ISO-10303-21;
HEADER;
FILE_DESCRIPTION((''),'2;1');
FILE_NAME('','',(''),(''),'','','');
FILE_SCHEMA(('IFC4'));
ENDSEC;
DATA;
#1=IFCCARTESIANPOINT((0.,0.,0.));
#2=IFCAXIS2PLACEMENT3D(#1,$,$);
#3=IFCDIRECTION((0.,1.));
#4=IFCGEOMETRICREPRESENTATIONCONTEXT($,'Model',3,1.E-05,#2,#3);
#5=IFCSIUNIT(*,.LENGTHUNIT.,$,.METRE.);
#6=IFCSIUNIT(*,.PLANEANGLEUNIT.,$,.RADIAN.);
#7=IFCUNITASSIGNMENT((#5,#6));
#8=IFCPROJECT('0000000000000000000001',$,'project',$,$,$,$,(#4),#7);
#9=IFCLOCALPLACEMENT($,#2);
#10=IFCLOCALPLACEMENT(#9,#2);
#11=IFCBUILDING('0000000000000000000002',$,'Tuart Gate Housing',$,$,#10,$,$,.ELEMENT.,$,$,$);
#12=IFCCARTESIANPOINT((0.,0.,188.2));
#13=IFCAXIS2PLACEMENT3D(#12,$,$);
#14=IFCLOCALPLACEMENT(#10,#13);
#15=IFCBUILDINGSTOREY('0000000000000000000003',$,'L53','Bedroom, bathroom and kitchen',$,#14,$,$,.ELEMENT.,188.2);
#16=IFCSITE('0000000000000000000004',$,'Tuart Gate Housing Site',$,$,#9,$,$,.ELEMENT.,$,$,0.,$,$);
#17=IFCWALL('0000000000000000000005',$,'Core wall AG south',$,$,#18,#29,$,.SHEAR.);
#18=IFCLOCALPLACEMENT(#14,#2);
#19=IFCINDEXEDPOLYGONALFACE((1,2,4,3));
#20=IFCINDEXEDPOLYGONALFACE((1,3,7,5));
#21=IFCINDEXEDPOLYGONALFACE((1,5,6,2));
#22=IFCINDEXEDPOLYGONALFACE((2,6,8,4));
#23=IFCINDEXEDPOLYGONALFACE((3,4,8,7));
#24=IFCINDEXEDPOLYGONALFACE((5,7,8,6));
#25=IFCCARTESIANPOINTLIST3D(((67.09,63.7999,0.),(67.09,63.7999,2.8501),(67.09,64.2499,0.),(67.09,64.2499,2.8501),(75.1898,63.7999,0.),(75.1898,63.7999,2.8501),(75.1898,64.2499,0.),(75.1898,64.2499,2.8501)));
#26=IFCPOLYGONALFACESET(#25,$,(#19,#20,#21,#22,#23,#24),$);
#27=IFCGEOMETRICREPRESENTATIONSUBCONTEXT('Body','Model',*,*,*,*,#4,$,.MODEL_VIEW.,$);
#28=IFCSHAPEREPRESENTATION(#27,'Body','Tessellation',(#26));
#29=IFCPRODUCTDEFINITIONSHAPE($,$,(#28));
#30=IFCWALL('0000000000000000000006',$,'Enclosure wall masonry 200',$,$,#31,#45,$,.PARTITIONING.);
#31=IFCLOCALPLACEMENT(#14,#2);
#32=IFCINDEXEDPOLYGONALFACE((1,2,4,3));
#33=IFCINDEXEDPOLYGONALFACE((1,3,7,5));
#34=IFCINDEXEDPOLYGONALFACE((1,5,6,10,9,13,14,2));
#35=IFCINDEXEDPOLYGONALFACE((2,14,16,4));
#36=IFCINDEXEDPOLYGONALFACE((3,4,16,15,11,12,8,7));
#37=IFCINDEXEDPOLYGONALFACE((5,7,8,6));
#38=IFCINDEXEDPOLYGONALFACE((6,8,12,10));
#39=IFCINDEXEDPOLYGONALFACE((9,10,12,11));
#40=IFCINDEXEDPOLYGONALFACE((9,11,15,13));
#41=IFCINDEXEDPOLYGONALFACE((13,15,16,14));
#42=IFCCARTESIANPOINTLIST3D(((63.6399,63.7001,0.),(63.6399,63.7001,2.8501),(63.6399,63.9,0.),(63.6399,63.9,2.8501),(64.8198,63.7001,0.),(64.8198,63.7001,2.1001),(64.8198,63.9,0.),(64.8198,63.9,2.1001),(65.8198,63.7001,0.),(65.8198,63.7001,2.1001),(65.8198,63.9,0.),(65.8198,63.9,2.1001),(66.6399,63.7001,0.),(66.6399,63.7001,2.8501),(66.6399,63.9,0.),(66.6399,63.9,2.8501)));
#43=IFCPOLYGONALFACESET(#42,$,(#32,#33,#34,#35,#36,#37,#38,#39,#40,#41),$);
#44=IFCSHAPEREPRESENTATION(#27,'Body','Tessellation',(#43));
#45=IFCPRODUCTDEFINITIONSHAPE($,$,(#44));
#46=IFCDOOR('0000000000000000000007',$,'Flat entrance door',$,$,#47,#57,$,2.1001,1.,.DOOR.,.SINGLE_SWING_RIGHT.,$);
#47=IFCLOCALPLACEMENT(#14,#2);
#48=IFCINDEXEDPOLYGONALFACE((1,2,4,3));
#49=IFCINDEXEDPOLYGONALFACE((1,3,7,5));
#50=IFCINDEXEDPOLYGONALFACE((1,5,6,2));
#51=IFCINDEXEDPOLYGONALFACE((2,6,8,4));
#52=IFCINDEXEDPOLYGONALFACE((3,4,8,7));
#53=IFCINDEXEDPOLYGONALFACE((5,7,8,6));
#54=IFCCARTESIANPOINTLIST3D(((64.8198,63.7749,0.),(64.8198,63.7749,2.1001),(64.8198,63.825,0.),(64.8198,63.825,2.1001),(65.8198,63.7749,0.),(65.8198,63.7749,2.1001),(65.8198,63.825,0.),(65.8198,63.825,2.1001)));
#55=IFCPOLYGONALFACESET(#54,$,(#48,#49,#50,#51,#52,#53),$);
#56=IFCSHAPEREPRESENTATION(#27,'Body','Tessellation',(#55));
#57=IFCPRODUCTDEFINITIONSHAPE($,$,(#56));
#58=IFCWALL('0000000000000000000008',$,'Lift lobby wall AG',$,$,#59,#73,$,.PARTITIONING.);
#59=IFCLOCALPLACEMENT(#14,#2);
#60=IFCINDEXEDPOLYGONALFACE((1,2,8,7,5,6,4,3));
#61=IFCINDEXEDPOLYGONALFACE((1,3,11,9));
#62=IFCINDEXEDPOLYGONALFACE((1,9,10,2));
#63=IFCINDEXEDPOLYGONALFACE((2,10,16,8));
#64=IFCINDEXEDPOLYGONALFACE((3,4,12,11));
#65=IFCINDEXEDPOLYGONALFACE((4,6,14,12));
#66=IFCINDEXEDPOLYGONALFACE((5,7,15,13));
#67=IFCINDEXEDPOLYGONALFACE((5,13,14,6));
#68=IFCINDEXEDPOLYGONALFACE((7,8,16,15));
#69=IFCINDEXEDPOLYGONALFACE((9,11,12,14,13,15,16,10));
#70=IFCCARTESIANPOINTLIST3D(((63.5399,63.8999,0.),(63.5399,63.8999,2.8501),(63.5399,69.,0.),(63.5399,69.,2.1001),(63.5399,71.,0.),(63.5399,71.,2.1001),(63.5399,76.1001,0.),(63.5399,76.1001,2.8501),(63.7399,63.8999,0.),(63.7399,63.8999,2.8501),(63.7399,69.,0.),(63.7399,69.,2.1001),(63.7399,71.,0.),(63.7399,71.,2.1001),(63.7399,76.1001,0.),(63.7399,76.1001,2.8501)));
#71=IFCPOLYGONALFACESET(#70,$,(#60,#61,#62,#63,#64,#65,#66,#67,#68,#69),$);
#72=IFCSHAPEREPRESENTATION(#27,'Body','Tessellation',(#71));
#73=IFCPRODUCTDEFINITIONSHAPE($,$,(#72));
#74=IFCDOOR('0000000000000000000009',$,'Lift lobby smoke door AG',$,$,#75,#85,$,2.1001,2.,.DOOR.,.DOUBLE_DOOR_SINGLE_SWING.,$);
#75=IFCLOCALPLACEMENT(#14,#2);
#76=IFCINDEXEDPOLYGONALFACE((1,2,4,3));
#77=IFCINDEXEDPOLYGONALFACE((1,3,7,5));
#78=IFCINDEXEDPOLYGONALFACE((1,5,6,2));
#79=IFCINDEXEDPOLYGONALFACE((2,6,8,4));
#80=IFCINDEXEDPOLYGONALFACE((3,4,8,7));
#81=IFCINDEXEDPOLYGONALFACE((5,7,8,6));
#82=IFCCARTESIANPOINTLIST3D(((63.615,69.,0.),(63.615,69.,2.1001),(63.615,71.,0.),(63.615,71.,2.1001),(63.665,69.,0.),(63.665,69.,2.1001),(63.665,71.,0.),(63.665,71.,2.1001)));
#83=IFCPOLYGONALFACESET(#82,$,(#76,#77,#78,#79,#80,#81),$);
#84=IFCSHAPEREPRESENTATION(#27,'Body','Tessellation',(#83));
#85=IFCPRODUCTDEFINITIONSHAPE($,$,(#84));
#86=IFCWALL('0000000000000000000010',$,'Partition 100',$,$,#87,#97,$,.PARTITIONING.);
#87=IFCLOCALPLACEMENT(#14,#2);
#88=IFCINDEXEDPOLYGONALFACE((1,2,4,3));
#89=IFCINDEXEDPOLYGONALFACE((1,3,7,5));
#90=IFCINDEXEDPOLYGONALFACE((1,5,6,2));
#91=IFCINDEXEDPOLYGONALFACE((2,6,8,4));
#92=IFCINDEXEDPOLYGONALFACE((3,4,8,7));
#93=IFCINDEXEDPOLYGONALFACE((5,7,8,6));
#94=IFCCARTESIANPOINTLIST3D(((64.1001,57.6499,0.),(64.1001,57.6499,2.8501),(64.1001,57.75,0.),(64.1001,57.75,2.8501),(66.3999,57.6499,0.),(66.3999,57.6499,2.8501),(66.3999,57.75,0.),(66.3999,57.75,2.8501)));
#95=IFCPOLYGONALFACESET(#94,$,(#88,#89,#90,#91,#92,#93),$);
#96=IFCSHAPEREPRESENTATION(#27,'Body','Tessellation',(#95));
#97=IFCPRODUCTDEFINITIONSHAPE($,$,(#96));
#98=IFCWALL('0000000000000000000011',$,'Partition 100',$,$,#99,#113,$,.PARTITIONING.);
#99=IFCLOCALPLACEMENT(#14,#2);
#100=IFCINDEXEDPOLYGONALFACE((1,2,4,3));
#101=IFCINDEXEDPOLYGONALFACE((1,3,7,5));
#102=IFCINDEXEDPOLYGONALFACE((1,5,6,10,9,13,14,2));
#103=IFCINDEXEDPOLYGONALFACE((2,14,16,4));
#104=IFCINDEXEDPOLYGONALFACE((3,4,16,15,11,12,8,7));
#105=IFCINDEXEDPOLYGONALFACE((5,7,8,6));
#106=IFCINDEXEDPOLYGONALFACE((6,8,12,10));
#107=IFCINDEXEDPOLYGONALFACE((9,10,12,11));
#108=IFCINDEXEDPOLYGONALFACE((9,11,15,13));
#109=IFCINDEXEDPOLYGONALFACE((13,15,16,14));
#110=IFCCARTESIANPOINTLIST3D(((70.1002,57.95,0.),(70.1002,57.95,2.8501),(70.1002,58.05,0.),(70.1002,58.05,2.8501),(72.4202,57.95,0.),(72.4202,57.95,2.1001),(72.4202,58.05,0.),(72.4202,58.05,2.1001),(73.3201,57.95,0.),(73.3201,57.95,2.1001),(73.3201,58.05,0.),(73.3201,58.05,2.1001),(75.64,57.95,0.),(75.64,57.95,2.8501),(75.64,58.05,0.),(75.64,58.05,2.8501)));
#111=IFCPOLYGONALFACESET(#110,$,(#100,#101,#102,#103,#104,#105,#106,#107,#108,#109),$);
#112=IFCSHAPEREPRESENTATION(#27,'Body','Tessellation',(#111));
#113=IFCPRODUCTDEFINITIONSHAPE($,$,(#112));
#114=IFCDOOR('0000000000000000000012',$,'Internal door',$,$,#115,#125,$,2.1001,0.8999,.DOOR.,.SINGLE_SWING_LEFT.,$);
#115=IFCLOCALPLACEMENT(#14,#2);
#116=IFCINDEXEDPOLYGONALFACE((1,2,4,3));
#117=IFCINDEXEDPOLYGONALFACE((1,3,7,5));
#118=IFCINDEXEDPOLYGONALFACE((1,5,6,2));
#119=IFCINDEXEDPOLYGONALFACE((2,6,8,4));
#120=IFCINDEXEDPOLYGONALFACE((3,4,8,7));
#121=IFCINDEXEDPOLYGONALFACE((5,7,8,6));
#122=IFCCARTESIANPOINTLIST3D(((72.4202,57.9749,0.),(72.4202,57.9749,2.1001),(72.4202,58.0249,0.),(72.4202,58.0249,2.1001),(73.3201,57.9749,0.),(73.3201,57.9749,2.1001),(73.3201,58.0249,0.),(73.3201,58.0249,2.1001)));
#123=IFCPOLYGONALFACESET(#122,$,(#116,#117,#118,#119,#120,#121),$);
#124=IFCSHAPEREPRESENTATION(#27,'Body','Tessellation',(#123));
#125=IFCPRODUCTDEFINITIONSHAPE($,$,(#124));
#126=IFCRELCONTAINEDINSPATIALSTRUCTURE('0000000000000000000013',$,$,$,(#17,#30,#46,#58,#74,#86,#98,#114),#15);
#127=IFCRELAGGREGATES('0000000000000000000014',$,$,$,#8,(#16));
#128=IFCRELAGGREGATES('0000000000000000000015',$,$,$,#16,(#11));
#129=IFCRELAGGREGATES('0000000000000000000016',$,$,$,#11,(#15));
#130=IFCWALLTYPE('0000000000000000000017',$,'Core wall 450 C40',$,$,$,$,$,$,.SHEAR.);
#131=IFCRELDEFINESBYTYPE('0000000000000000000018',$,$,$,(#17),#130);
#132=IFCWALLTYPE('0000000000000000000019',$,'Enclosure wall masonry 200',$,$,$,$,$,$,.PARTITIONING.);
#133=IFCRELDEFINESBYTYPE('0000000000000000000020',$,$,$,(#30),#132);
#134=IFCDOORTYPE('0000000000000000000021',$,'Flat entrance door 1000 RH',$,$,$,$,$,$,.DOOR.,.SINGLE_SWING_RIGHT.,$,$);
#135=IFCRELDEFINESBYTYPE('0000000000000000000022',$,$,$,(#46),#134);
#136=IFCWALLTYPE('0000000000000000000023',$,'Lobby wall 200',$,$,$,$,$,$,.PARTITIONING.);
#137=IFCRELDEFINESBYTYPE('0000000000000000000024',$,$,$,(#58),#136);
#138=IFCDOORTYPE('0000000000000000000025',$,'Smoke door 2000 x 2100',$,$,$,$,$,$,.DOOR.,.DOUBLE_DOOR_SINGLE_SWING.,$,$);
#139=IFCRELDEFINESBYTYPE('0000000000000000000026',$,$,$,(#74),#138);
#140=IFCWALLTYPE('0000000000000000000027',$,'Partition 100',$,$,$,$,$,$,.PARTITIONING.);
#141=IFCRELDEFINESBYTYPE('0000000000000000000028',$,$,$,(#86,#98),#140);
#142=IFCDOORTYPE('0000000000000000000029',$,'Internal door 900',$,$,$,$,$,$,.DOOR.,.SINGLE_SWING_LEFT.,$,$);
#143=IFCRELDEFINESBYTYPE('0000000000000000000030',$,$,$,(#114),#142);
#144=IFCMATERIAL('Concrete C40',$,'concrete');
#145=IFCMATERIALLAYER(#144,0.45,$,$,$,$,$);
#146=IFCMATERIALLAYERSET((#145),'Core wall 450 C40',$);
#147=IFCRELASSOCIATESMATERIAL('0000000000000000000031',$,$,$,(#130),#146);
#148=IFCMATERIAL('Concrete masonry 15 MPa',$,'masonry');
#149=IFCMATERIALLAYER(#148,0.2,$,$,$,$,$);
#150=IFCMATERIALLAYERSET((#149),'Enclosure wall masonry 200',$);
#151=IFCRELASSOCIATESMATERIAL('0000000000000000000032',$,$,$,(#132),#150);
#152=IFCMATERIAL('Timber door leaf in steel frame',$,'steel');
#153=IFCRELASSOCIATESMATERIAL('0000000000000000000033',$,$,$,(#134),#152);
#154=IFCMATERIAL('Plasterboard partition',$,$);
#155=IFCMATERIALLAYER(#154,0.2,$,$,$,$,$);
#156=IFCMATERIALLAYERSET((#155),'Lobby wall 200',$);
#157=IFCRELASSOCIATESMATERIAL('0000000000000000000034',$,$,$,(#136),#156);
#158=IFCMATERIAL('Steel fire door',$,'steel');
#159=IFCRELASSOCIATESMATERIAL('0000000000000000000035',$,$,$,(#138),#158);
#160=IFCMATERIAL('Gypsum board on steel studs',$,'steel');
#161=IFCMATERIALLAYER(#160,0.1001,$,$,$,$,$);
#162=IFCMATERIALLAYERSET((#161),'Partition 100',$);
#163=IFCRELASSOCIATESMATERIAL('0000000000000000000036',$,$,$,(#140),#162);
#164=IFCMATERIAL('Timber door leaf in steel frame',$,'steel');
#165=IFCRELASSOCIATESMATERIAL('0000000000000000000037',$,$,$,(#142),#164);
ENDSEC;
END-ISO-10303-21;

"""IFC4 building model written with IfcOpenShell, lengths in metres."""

from ifc_helpers import new_model, si_unit, direction, frame, frame_2d, origin, place, context, subcontext, project, spatial, rectangle, extrude, material, layer, layer_set, type_object, element, fill, save


model = new_model("IFC4")

# Units and contexts
model_context = context("Model", 3, precision=1e-05, world=origin(), true_north=direction((0.0, 1.0)))
body_context = subcontext(model_context, "Body", "Model", "MODEL_VIEW")
ifc_project = project(units=[si_unit("LENGTHUNIT", "METRE"), si_unit("PLANEANGLEUNIT", "RADIAN")], contexts=[model_context])

# Site, building, storey
site_placement = place(None, origin())
site = spatial("IfcSite", under=ifc_project, at=site_placement, Name="Tuart Gate Housing Site", CompositionType="ELEMENT", RefElevation=0.0)
building_placement = place(site_placement, origin())
building = spatial("IfcBuilding", under=site, at=building_placement, Name="Tuart Gate Housing", CompositionType="ELEMENT")
storey_placement = place(building_placement, frame((0.0, 0.0, 188.2)))
storey = spatial("IfcBuildingStorey", under=building, at=storey_placement, Name="L53", Description="Bedroom, bathroom and kitchen", CompositionType="ELEMENT", Elevation=188.2)

# Shared definitions
ifc_material_1 = material(Name="Concrete C40", Category="concrete")
ifc_layer_1 = layer(ifc_material_1, 0.45)
ifc_layer_set_1 = layer_set([ifc_layer_1], Name="Core wall 450 C40")
wall_type_1 = type_object("IfcWallType", Name="Core wall 450 C40", PredefinedType="SHEAR", material=ifc_layer_set_1)

# Wall
wall_1_placement = place(storey_placement, frame((67.0901, 64.0249, 0.0), z_axis=(0.0, 0.0, 1.0), x_axis=(1.0, 0.0, 0.0)))
element("IfcWall", 1, at=wall_1_placement, inside=storey, type_object=wall_type_1, Name="Core wall AG south", PredefinedType="SHEAR", context=body_context, shape_type="SweptSolid", body=[
    extrude(rectangle(XDim=8.0999, YDim=0.45, at=frame_2d((4.0498, 0.0))), origin(), (0.0, 0.0, 1.0), 2.8501),
])

# Walls, openings, doors
ifc_material_2 = material(Name="Concrete masonry 15 MPa", Category="masonry")
ifc_layer_2 = layer(ifc_material_2, 0.2)
ifc_layer_set_2 = layer_set([ifc_layer_2], Name="Enclosure wall masonry 200")
wall_type_2 = type_object("IfcWallType", Name="Enclosure wall masonry 200", PredefinedType="PARTITIONING", material=ifc_layer_set_2)
wall_2_placement = place(storey_placement, frame((63.6399, 63.8, 0.0), z_axis=(0.0, 0.0, 1.0), x_axis=(1.0, 0.0, 0.0)))
wall_2 = element("IfcWall", 2, at=wall_2_placement, inside=storey, type_object=wall_type_2, Name="Enclosure wall masonry 200", PredefinedType="PARTITIONING", context=body_context, shape_type="SweptSolid", body=[
    extrude(rectangle(XDim=3.0, YDim=0.2, at=frame_2d((1.5, 0.0))), origin(), (0.0, 0.0, 1.0), 2.8501),
])
opening_1_placement = place(wall_2_placement, frame((1.1799, 0.0, 0.0)))
opening_1 = element("IfcOpeningElement", 3, at=opening_1_placement, cuts=wall_2, PredefinedType="OPENING", context=body_context, shape_type="SweptSolid", body=[
    extrude(rectangle(XDim=1.0, YDim=2.1001, at=frame_2d((0.5, 1.05))), frame((0.0, 0.1099, 0.0), z_axis=(0.0, -1.0, 0.0), x_axis=(1.0, 0.0, 0.0)), (0.0, 0.0, 1.0), 0.22),
])
ifc_material_3 = material(Name="Timber door leaf in steel frame", Category="steel")
door_type_1 = type_object("IfcDoorType", Name="Flat entrance door 1000 RH", OperationType="SINGLE_SWING_RIGHT", PredefinedType="DOOR", material=ifc_material_3)
door_1_placement = place(opening_1_placement, frame((1.0, 0.0, 0.0), z_axis=(0.0, 0.0, 1.0), x_axis=(-1.0, 0.0, 0.0)))
door_1 = element("IfcDoor", 4, at=door_1_placement, inside=storey, type_object=door_type_1, Name="Flat entrance door", OperationType="SINGLE_SWING_RIGHT", OverallHeight=2.1001, OverallWidth=1.0, PredefinedType="DOOR", context=body_context, shape_type="SweptSolid", body=[
    extrude(rectangle(XDim=1.0, YDim=2.1001, at=frame_2d((0.5, 1.05))), frame((0.0, 0.0251, 0.0), z_axis=(0.0, -1.0, 0.0), x_axis=(1.0, 0.0, 0.0)), (0.0, 0.0, 1.0), 0.05),
])
fill(opening_1, door_1)
ifc_material_4 = material(Name="Plasterboard partition")
ifc_layer_3 = layer(ifc_material_4, 0.2)
ifc_layer_set_3 = layer_set([ifc_layer_3], Name="Lobby wall 200")
wall_type_3 = type_object("IfcWallType", Name="Lobby wall 200", PredefinedType="PARTITIONING", material=ifc_layer_set_3)
wall_3_placement = place(storey_placement, frame((63.6399, 63.8999, 0.0), z_axis=(0.0, 0.0, 1.0), x_axis=(0.0, 1.0, 0.0)))
wall_3 = element("IfcWall", 5, at=wall_3_placement, inside=storey, type_object=wall_type_3, Name="Lift lobby wall AG", PredefinedType="PARTITIONING", context=body_context, shape_type="SweptSolid", body=[
    extrude(rectangle(XDim=12.2002, YDim=0.2, at=frame_2d((6.1001, 0.0))), origin(), (0.0, 0.0, 1.0), 2.8501),
])
opening_2_placement = place(wall_3_placement, frame((5.1001, 0.0, 0.0)))
opening_2 = element("IfcOpeningElement", 6, at=opening_2_placement, cuts=wall_3, PredefinedType="OPENING", context=body_context, shape_type="SweptSolid", body=[
    extrude(rectangle(XDim=2.0, YDim=2.1001, at=frame_2d((1.0, 1.05))), frame((0.0, 0.1099, 0.0), z_axis=(0.0, -1.0, 0.0), x_axis=(1.0, 0.0, 0.0)), (0.0, 0.0, 1.0), 0.22),
])
ifc_material_5 = material(Name="Steel fire door", Category="steel")
door_type_2 = type_object("IfcDoorType", Name="Smoke door 2000 x 2100", OperationType="DOUBLE_DOOR_SINGLE_SWING", PredefinedType="DOOR", material=ifc_material_5)
door_2_placement = place(opening_2_placement, frame((2.0, 0.0, 0.0), z_axis=(0.0, 0.0, 1.0), x_axis=(-1.0, 0.0, 0.0)))
door_2 = element("IfcDoor", 7, at=door_2_placement, inside=storey, type_object=door_type_2, Name="Lift lobby smoke door AG", OperationType="DOUBLE_DOOR_SINGLE_SWING", OverallHeight=2.1001, OverallWidth=2.0, PredefinedType="DOOR", context=body_context, shape_type="SweptSolid", body=[
    extrude(rectangle(XDim=2.0, YDim=2.1001, at=frame_2d((1.0, 1.05))), frame((0.0, 0.0251, 0.0), z_axis=(0.0, -1.0, 0.0), x_axis=(1.0, 0.0, 0.0)), (0.0, 0.0, 1.0), 0.05),
])
fill(opening_2, door_2)

# Wall
ifc_material_6 = material(Name="Gypsum board on steel studs", Category="steel")
ifc_layer_4 = layer(ifc_material_6, 0.1001)
ifc_layer_set_4 = layer_set([ifc_layer_4], Name="Partition 100")
wall_type_4 = type_object("IfcWallType", Name="Partition 100", PredefinedType="PARTITIONING", material=ifc_layer_set_4)
wall_4_placement = place(storey_placement, frame((64.1001, 57.7, 0.0), z_axis=(0.0, 0.0, 1.0), x_axis=(1.0, 0.0, 0.0)))
element("IfcWall", 8, at=wall_4_placement, inside=storey, type_object=wall_type_4, Name="Partition 100", PredefinedType="PARTITIONING", context=body_context, shape_type="SweptSolid", body=[
    extrude(rectangle(XDim=2.2998, YDim=0.1001, at=frame_2d((1.1499, 0.0))), origin(), (0.0, 0.0, 1.0), 2.8501),
])

# Wall, opening, door
wall_5_placement = place(storey_placement, frame((70.1001, 58.0, 0.0), z_axis=(0.0, 0.0, 1.0), x_axis=(1.0, 0.0, 0.0)))
wall_5 = element("IfcWall", 9, at=wall_5_placement, inside=storey, type_object=wall_type_4, Name="Partition 100", PredefinedType="PARTITIONING", context=body_context, shape_type="SweptSolid", body=[
    extrude(rectangle(XDim=5.5398, YDim=0.1001, at=frame_2d((2.77, 0.0))), origin(), (0.0, 0.0, 1.0), 2.8501),
])
opening_3_placement = place(wall_5_placement, frame((2.3201, 0.0, 0.0)))
opening_3 = element("IfcOpeningElement", 10, at=opening_3_placement, cuts=wall_5, PredefinedType="OPENING", context=body_context, shape_type="SweptSolid", body=[
    extrude(rectangle(XDim=0.8999, YDim=2.1001, at=frame_2d((0.45, 1.05))), frame((0.0, 0.0601, 0.0), z_axis=(0.0, -1.0, 0.0), x_axis=(1.0, 0.0, 0.0)), (0.0, 0.0, 1.0), 0.1201),
])
ifc_material_7 = material(Name="Timber door leaf in steel frame", Category="steel")
door_type_3 = type_object("IfcDoorType", Name="Internal door 900", OperationType="SINGLE_SWING_LEFT", PredefinedType="DOOR", material=ifc_material_7)
door_3_placement = place(opening_3_placement, frame((0.8999, 0.0, 0.0), z_axis=(0.0, 0.0, 1.0), x_axis=(-1.0, 0.0, 0.0)))
door_3 = element("IfcDoor", 11, at=door_3_placement, inside=storey, type_object=door_type_3, Name="Internal door", OperationType="SINGLE_SWING_LEFT", OverallHeight=2.1001, OverallWidth=0.8999, PredefinedType="DOOR", context=body_context, shape_type="SweptSolid", body=[
    extrude(rectangle(XDim=0.8999, YDim=2.1001, at=frame_2d((0.45, 1.05))), frame((0.0, 0.0251, 0.0), z_axis=(0.0, -1.0, 0.0), x_axis=(1.0, 0.0, 0.0)), (0.0, 0.0, 1.0), 0.05),
])
fill(opening_3, door_3)

save(model, "model.ifc")
